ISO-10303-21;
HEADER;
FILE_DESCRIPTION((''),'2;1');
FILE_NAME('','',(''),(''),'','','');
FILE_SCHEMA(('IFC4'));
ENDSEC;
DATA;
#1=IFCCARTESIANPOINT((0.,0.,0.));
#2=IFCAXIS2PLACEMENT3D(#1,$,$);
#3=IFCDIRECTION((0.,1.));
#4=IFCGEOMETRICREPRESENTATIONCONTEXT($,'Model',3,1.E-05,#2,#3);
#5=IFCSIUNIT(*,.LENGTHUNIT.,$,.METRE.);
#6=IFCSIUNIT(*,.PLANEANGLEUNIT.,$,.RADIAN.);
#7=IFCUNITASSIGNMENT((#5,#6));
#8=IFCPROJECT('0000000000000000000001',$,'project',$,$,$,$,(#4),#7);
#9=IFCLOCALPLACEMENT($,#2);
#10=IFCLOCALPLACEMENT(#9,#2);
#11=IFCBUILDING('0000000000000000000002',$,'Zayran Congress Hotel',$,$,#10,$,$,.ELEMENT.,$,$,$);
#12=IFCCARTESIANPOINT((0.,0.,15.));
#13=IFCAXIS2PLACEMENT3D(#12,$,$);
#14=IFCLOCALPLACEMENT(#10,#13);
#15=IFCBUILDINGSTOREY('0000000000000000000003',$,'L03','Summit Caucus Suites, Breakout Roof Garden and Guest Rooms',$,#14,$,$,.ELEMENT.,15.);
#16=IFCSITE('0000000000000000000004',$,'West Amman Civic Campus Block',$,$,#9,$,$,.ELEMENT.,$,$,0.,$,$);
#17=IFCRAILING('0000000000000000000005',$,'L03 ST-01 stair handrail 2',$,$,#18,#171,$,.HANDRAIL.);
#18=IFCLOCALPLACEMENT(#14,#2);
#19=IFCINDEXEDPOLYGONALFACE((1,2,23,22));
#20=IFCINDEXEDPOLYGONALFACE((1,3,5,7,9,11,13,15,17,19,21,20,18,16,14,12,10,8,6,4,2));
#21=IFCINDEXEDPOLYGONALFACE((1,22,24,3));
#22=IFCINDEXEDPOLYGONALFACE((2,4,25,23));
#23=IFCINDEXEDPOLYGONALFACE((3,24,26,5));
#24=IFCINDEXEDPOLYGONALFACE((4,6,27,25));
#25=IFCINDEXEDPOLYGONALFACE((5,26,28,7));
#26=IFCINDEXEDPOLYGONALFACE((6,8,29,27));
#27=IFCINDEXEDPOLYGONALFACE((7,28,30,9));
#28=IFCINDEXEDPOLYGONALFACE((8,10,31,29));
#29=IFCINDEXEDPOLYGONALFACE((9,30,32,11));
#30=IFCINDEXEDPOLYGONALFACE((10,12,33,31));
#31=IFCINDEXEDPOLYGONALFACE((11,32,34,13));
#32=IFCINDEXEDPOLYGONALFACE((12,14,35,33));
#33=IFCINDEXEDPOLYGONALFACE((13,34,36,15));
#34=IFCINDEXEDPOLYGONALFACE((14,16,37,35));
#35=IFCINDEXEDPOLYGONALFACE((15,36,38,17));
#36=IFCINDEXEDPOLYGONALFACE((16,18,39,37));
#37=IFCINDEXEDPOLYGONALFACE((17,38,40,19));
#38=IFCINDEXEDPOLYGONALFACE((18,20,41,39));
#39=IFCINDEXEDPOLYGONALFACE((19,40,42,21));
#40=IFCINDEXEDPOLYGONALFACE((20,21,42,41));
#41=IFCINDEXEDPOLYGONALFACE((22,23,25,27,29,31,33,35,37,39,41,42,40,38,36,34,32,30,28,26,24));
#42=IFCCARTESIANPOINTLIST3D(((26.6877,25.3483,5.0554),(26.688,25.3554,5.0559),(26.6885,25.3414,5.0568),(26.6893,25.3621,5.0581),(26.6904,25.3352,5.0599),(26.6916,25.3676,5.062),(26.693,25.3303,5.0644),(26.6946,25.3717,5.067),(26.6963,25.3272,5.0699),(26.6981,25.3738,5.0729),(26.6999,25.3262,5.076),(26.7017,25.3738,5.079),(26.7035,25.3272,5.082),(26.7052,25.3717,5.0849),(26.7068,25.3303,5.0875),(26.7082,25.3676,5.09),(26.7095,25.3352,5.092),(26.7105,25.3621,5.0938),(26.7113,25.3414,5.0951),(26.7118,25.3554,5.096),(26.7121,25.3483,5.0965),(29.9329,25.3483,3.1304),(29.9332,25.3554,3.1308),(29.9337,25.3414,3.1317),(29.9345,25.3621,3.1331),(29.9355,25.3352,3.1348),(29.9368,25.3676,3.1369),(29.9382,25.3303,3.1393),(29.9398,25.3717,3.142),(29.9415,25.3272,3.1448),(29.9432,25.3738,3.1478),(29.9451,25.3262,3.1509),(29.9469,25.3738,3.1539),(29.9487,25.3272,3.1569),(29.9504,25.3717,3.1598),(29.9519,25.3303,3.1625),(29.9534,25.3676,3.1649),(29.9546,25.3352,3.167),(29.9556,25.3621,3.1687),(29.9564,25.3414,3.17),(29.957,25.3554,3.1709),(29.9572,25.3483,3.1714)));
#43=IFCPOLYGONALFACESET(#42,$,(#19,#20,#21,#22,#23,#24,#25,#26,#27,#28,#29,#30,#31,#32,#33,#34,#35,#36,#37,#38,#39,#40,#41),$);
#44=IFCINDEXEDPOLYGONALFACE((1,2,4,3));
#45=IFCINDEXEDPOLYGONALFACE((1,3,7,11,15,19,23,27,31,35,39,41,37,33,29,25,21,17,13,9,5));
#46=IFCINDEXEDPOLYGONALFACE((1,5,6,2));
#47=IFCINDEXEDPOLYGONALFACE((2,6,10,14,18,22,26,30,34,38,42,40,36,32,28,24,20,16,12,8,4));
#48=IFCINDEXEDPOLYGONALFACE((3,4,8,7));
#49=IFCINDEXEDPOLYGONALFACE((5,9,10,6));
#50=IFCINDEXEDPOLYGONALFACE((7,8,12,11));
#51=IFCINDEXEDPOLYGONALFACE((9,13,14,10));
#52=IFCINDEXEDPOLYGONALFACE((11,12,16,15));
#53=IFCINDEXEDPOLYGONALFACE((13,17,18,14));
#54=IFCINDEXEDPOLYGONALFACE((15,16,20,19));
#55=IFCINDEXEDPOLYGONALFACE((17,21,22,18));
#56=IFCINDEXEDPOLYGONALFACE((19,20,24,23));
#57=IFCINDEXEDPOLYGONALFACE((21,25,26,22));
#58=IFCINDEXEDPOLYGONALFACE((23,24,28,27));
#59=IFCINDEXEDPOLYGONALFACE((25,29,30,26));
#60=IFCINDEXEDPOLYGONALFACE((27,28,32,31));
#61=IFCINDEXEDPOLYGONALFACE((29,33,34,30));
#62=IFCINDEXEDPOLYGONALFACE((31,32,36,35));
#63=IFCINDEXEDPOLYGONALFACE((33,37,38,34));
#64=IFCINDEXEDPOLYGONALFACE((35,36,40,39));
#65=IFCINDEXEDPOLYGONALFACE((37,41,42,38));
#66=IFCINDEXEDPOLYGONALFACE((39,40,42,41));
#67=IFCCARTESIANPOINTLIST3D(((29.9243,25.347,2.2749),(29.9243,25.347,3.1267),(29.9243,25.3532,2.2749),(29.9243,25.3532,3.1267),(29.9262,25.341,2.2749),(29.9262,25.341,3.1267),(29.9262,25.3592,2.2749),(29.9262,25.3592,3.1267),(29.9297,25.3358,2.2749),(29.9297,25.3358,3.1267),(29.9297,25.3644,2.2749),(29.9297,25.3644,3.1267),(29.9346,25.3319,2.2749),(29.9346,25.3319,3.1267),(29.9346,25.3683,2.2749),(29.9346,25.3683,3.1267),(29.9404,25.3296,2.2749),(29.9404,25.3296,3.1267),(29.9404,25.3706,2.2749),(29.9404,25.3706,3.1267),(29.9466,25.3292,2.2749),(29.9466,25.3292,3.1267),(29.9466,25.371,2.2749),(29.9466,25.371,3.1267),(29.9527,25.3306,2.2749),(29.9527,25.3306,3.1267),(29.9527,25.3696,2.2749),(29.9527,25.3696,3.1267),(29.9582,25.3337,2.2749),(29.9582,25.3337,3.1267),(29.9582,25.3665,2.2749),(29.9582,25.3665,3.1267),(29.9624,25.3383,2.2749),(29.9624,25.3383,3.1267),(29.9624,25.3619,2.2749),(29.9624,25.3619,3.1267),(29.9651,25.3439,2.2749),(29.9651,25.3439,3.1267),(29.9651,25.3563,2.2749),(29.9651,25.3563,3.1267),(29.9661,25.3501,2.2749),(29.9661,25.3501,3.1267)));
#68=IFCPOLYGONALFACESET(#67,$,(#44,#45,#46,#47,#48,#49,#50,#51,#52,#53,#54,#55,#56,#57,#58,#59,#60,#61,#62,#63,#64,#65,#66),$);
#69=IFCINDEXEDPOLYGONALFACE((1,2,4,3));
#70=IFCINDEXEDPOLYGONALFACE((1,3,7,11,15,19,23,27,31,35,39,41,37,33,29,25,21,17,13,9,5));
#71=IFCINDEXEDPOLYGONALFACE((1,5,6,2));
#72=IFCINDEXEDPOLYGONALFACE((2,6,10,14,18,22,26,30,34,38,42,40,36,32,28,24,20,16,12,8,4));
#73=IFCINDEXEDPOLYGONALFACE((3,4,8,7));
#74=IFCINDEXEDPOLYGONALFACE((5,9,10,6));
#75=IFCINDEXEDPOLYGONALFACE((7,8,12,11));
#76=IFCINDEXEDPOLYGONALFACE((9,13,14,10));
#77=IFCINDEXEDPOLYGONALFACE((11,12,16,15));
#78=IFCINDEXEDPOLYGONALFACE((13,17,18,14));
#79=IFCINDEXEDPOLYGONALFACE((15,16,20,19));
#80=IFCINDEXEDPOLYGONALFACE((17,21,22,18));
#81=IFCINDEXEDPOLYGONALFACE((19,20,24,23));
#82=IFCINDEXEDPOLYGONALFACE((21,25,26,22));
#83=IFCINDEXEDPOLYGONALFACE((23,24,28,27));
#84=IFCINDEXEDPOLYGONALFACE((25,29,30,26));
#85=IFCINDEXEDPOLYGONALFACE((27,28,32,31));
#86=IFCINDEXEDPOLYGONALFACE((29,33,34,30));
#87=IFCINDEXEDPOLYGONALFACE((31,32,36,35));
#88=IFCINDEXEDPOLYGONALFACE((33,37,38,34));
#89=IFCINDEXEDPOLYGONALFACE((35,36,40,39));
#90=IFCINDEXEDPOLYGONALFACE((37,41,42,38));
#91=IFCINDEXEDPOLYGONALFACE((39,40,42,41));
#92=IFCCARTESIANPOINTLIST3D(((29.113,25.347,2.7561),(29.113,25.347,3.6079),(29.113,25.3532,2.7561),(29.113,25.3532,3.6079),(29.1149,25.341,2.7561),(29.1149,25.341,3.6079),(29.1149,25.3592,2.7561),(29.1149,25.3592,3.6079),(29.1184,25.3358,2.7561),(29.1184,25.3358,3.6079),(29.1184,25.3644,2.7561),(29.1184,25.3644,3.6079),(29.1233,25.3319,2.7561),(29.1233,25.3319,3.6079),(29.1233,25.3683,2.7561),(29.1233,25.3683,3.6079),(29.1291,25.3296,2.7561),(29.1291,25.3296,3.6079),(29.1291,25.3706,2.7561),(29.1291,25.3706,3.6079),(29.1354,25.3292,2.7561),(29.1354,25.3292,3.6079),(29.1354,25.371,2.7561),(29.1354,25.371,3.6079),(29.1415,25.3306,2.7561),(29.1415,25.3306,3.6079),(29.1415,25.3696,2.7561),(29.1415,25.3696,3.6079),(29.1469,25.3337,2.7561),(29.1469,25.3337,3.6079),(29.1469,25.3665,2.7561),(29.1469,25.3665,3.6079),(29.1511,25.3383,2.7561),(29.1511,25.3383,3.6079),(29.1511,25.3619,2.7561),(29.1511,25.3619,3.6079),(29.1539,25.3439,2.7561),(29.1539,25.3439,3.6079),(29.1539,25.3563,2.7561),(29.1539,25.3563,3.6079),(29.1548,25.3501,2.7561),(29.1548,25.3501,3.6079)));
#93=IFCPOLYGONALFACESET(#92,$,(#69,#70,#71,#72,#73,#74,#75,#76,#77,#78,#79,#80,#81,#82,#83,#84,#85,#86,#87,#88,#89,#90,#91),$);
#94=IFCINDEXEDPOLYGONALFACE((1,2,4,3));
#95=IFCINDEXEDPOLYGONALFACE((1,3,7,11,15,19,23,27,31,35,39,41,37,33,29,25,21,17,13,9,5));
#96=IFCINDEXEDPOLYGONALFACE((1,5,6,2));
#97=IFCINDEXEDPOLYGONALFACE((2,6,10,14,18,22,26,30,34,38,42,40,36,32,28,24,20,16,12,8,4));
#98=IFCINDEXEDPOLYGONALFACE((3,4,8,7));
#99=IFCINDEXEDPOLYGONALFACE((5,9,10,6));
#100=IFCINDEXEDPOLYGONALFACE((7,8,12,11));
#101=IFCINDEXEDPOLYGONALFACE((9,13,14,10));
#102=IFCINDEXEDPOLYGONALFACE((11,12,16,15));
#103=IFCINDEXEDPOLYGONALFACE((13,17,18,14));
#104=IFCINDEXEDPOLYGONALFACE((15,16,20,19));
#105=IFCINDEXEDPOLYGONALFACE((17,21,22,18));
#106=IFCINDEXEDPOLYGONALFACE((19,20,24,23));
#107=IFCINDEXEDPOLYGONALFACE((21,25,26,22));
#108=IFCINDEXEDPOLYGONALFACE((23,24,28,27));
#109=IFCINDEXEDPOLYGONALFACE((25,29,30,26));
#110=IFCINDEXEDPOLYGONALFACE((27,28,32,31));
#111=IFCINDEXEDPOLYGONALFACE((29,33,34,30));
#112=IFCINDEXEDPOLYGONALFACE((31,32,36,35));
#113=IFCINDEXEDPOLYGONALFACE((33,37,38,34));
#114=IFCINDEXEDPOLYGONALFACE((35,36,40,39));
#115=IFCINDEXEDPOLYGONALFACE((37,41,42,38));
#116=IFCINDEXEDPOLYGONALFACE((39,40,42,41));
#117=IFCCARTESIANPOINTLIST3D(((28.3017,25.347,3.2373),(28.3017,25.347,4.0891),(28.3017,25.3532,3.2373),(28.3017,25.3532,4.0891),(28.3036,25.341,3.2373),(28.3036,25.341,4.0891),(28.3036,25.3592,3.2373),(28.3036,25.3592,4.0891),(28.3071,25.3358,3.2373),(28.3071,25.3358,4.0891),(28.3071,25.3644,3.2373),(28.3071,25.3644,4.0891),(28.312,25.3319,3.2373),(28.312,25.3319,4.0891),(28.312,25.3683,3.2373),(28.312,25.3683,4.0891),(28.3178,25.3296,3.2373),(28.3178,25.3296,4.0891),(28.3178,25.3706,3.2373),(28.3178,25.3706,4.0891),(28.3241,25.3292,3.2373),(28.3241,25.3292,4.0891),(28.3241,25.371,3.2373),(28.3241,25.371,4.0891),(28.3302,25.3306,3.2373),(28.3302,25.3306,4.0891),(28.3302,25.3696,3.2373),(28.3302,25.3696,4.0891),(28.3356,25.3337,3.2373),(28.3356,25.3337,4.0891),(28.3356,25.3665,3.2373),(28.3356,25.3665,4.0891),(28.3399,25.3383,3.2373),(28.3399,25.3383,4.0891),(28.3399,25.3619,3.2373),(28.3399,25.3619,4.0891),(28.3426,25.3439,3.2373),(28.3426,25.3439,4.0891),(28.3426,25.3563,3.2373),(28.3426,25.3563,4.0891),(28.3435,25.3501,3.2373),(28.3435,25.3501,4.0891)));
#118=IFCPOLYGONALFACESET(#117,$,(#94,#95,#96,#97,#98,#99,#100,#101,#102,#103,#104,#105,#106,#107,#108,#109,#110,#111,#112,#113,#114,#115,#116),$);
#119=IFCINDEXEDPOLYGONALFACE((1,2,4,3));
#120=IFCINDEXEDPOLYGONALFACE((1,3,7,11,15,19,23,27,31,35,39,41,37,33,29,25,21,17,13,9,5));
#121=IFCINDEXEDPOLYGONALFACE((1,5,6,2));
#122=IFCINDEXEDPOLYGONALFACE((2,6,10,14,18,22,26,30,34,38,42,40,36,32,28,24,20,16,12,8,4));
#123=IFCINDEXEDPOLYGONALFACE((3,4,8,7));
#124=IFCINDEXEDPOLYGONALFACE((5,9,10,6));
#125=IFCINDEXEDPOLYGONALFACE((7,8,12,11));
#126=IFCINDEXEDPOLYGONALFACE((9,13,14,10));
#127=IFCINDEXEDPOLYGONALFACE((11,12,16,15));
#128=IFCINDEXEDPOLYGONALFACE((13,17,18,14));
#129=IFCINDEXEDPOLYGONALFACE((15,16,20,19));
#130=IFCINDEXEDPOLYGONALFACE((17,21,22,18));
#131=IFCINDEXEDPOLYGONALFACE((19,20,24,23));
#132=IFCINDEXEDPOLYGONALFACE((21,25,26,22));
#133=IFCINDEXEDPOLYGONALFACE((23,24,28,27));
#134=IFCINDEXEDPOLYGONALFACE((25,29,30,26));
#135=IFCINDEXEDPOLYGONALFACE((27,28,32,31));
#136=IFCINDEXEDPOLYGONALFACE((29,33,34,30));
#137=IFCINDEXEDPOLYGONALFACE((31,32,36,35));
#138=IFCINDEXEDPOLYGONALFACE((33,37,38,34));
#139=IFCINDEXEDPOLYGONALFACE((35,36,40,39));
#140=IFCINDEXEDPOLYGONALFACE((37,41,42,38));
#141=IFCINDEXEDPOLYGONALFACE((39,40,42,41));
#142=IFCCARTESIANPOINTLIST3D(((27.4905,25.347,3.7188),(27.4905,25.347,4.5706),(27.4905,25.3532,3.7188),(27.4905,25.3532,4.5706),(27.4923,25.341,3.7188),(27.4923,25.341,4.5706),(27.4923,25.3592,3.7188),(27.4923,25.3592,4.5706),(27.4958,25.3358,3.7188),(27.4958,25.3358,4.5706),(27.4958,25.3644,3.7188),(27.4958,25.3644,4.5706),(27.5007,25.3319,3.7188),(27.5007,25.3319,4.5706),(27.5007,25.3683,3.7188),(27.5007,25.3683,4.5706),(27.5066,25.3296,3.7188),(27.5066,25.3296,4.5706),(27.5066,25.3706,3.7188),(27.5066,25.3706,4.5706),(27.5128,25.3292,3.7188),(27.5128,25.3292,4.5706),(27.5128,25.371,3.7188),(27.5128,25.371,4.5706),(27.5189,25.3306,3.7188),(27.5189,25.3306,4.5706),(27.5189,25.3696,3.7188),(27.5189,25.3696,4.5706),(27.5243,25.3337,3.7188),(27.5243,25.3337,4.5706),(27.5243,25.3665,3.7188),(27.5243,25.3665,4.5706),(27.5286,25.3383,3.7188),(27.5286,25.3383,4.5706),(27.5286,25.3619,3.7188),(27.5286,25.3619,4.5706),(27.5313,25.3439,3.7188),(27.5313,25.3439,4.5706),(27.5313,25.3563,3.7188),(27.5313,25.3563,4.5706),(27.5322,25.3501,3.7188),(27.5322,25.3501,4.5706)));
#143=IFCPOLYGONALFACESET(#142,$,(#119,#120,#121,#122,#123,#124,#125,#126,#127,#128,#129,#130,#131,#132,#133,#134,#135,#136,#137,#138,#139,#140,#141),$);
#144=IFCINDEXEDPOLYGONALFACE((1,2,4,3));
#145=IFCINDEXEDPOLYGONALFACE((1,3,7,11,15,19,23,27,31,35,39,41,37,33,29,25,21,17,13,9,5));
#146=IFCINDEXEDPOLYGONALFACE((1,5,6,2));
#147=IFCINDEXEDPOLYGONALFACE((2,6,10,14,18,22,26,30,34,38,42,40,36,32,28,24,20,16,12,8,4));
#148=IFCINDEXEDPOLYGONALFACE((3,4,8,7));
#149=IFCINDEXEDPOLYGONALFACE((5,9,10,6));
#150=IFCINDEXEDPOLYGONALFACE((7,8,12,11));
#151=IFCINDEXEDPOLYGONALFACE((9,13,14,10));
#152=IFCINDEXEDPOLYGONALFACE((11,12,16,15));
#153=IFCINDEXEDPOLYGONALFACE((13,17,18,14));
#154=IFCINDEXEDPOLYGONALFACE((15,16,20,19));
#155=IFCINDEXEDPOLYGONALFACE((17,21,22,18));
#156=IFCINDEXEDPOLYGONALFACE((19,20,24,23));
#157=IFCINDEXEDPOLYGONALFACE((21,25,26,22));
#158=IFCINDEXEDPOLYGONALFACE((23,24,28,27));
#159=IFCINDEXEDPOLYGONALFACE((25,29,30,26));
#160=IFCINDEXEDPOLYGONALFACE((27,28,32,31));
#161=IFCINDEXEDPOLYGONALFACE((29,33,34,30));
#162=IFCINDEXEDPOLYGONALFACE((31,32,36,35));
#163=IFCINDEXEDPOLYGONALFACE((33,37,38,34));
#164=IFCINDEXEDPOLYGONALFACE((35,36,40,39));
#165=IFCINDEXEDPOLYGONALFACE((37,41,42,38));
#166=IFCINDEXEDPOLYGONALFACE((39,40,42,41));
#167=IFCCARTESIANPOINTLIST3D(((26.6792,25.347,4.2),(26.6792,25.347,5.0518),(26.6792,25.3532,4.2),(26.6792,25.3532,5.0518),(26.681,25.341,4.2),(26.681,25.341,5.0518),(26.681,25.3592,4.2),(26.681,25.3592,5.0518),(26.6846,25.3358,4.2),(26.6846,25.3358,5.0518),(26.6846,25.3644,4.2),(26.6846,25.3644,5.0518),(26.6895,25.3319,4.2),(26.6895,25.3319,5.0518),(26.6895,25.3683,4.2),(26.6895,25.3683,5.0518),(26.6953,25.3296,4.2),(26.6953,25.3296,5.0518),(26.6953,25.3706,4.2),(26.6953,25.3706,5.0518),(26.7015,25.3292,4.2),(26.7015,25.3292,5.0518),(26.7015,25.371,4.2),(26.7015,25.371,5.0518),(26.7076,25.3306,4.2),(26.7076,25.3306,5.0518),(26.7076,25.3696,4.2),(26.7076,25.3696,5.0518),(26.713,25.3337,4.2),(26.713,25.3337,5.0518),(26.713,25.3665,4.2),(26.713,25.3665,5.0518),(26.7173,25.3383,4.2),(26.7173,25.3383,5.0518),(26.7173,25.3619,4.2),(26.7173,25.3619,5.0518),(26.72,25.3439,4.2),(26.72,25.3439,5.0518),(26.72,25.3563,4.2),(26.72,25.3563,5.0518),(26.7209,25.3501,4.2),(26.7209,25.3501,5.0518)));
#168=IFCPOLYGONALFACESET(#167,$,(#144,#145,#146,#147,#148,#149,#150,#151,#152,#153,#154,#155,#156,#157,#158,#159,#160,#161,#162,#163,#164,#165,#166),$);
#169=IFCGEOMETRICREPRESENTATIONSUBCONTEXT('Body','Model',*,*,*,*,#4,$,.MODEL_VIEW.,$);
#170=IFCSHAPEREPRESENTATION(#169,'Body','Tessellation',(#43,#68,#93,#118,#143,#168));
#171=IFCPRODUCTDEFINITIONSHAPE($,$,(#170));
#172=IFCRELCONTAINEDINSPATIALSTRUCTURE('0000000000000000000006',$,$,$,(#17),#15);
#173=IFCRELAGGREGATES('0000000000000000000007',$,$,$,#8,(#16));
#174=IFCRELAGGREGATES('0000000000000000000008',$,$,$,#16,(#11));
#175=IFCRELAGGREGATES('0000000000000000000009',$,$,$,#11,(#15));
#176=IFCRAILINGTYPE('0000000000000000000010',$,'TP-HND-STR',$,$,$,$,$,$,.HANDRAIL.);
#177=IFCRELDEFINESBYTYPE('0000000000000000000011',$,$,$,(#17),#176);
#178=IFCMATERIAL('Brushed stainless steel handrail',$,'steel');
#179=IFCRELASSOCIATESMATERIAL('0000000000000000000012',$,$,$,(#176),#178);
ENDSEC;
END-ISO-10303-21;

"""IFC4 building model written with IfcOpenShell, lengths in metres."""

from ifc_helpers import new_model, si_unit, direction, frame, origin, origin_2d, place, context, subcontext, project, spatial, circle, extrude, material, type_object, element, save


model = new_model("IFC4")

# Units and contexts
model_context = context("Model", 3, precision=1e-05, world=origin(), true_north=direction((0.0, 1.0)))
body_context = subcontext(model_context, "Body", "Model", "MODEL_VIEW")
ifc_project = project(units=[si_unit("LENGTHUNIT", "METRE"), si_unit("PLANEANGLEUNIT", "RADIAN")], contexts=[model_context])

# Site, building, storey
site_placement = place(None, origin())
site = spatial("IfcSite", under=ifc_project, at=site_placement, Name="West Amman Civic Campus Block", CompositionType="ELEMENT", RefElevation=0.0)
building_placement = place(site_placement, origin())
building = spatial("IfcBuilding", under=site, at=building_placement, Name="Zayran Congress Hotel", CompositionType="ELEMENT")
storey_placement = place(building_placement, frame((0.0, 0.0, 15.0)))
storey = spatial("IfcBuildingStorey", under=building, at=storey_placement, Name="L03", Description="Summit Caucus Suites, Breakout Roof Garden and Guest Rooms", CompositionType="ELEMENT", Elevation=15.0)

# Railing
ifc_material_1 = material(Name="Brushed stainless steel handrail", Category="steel")
railing_type_1 = type_object("IfcRailingType", Name="TP-HND-STR", PredefinedType="HANDRAIL", material=ifc_material_1)
for number, where, name in (
    (1, (29.9451, 25.3501, 2.2749), "L03 ST-01 stair handrail 2"),
):
    element("IfcRailing", number, at=place(storey_placement, frame(where)), inside=storey, type_object=railing_type_1, Name=name, PredefinedType="HANDRAIL", context=body_context, shape_type="SweptSolid", body=[
        extrude(circle(Radius=0.0239, at=origin_2d()), frame((0.0, 0.0, 0.876), z_axis=(-0.860057, 0.0, 0.510198), x_axis=(0.0, -1.0, 0.0)), (0.0, 0.0, 1.0), 3.7732),
        extrude(circle(Radius=0.021, at=origin_2d()), origin(), (0.0, 0.0, 1.0), 0.8518),
        extrude(circle(Radius=0.021, at=origin_2d()), frame((-0.8113, 0.0, 0.4812)), (0.0, 0.0, 1.0), 0.8518),
        extrude(circle(Radius=0.021, at=origin_2d()), frame((-1.6226, 0.0, 0.9624)), (0.0, 0.0, 1.0), 0.8518),
        extrude(circle(Radius=0.021, at=origin_2d()), frame((-2.4338, 0.0, 1.4438)), (0.0, 0.0, 1.0), 0.8518),
        extrude(circle(Radius=0.021, at=origin_2d()), frame((-3.2451, 0.0, 1.925)), (0.0, 0.0, 1.0), 0.8518),
    ])

save(model, "model.ifc")
